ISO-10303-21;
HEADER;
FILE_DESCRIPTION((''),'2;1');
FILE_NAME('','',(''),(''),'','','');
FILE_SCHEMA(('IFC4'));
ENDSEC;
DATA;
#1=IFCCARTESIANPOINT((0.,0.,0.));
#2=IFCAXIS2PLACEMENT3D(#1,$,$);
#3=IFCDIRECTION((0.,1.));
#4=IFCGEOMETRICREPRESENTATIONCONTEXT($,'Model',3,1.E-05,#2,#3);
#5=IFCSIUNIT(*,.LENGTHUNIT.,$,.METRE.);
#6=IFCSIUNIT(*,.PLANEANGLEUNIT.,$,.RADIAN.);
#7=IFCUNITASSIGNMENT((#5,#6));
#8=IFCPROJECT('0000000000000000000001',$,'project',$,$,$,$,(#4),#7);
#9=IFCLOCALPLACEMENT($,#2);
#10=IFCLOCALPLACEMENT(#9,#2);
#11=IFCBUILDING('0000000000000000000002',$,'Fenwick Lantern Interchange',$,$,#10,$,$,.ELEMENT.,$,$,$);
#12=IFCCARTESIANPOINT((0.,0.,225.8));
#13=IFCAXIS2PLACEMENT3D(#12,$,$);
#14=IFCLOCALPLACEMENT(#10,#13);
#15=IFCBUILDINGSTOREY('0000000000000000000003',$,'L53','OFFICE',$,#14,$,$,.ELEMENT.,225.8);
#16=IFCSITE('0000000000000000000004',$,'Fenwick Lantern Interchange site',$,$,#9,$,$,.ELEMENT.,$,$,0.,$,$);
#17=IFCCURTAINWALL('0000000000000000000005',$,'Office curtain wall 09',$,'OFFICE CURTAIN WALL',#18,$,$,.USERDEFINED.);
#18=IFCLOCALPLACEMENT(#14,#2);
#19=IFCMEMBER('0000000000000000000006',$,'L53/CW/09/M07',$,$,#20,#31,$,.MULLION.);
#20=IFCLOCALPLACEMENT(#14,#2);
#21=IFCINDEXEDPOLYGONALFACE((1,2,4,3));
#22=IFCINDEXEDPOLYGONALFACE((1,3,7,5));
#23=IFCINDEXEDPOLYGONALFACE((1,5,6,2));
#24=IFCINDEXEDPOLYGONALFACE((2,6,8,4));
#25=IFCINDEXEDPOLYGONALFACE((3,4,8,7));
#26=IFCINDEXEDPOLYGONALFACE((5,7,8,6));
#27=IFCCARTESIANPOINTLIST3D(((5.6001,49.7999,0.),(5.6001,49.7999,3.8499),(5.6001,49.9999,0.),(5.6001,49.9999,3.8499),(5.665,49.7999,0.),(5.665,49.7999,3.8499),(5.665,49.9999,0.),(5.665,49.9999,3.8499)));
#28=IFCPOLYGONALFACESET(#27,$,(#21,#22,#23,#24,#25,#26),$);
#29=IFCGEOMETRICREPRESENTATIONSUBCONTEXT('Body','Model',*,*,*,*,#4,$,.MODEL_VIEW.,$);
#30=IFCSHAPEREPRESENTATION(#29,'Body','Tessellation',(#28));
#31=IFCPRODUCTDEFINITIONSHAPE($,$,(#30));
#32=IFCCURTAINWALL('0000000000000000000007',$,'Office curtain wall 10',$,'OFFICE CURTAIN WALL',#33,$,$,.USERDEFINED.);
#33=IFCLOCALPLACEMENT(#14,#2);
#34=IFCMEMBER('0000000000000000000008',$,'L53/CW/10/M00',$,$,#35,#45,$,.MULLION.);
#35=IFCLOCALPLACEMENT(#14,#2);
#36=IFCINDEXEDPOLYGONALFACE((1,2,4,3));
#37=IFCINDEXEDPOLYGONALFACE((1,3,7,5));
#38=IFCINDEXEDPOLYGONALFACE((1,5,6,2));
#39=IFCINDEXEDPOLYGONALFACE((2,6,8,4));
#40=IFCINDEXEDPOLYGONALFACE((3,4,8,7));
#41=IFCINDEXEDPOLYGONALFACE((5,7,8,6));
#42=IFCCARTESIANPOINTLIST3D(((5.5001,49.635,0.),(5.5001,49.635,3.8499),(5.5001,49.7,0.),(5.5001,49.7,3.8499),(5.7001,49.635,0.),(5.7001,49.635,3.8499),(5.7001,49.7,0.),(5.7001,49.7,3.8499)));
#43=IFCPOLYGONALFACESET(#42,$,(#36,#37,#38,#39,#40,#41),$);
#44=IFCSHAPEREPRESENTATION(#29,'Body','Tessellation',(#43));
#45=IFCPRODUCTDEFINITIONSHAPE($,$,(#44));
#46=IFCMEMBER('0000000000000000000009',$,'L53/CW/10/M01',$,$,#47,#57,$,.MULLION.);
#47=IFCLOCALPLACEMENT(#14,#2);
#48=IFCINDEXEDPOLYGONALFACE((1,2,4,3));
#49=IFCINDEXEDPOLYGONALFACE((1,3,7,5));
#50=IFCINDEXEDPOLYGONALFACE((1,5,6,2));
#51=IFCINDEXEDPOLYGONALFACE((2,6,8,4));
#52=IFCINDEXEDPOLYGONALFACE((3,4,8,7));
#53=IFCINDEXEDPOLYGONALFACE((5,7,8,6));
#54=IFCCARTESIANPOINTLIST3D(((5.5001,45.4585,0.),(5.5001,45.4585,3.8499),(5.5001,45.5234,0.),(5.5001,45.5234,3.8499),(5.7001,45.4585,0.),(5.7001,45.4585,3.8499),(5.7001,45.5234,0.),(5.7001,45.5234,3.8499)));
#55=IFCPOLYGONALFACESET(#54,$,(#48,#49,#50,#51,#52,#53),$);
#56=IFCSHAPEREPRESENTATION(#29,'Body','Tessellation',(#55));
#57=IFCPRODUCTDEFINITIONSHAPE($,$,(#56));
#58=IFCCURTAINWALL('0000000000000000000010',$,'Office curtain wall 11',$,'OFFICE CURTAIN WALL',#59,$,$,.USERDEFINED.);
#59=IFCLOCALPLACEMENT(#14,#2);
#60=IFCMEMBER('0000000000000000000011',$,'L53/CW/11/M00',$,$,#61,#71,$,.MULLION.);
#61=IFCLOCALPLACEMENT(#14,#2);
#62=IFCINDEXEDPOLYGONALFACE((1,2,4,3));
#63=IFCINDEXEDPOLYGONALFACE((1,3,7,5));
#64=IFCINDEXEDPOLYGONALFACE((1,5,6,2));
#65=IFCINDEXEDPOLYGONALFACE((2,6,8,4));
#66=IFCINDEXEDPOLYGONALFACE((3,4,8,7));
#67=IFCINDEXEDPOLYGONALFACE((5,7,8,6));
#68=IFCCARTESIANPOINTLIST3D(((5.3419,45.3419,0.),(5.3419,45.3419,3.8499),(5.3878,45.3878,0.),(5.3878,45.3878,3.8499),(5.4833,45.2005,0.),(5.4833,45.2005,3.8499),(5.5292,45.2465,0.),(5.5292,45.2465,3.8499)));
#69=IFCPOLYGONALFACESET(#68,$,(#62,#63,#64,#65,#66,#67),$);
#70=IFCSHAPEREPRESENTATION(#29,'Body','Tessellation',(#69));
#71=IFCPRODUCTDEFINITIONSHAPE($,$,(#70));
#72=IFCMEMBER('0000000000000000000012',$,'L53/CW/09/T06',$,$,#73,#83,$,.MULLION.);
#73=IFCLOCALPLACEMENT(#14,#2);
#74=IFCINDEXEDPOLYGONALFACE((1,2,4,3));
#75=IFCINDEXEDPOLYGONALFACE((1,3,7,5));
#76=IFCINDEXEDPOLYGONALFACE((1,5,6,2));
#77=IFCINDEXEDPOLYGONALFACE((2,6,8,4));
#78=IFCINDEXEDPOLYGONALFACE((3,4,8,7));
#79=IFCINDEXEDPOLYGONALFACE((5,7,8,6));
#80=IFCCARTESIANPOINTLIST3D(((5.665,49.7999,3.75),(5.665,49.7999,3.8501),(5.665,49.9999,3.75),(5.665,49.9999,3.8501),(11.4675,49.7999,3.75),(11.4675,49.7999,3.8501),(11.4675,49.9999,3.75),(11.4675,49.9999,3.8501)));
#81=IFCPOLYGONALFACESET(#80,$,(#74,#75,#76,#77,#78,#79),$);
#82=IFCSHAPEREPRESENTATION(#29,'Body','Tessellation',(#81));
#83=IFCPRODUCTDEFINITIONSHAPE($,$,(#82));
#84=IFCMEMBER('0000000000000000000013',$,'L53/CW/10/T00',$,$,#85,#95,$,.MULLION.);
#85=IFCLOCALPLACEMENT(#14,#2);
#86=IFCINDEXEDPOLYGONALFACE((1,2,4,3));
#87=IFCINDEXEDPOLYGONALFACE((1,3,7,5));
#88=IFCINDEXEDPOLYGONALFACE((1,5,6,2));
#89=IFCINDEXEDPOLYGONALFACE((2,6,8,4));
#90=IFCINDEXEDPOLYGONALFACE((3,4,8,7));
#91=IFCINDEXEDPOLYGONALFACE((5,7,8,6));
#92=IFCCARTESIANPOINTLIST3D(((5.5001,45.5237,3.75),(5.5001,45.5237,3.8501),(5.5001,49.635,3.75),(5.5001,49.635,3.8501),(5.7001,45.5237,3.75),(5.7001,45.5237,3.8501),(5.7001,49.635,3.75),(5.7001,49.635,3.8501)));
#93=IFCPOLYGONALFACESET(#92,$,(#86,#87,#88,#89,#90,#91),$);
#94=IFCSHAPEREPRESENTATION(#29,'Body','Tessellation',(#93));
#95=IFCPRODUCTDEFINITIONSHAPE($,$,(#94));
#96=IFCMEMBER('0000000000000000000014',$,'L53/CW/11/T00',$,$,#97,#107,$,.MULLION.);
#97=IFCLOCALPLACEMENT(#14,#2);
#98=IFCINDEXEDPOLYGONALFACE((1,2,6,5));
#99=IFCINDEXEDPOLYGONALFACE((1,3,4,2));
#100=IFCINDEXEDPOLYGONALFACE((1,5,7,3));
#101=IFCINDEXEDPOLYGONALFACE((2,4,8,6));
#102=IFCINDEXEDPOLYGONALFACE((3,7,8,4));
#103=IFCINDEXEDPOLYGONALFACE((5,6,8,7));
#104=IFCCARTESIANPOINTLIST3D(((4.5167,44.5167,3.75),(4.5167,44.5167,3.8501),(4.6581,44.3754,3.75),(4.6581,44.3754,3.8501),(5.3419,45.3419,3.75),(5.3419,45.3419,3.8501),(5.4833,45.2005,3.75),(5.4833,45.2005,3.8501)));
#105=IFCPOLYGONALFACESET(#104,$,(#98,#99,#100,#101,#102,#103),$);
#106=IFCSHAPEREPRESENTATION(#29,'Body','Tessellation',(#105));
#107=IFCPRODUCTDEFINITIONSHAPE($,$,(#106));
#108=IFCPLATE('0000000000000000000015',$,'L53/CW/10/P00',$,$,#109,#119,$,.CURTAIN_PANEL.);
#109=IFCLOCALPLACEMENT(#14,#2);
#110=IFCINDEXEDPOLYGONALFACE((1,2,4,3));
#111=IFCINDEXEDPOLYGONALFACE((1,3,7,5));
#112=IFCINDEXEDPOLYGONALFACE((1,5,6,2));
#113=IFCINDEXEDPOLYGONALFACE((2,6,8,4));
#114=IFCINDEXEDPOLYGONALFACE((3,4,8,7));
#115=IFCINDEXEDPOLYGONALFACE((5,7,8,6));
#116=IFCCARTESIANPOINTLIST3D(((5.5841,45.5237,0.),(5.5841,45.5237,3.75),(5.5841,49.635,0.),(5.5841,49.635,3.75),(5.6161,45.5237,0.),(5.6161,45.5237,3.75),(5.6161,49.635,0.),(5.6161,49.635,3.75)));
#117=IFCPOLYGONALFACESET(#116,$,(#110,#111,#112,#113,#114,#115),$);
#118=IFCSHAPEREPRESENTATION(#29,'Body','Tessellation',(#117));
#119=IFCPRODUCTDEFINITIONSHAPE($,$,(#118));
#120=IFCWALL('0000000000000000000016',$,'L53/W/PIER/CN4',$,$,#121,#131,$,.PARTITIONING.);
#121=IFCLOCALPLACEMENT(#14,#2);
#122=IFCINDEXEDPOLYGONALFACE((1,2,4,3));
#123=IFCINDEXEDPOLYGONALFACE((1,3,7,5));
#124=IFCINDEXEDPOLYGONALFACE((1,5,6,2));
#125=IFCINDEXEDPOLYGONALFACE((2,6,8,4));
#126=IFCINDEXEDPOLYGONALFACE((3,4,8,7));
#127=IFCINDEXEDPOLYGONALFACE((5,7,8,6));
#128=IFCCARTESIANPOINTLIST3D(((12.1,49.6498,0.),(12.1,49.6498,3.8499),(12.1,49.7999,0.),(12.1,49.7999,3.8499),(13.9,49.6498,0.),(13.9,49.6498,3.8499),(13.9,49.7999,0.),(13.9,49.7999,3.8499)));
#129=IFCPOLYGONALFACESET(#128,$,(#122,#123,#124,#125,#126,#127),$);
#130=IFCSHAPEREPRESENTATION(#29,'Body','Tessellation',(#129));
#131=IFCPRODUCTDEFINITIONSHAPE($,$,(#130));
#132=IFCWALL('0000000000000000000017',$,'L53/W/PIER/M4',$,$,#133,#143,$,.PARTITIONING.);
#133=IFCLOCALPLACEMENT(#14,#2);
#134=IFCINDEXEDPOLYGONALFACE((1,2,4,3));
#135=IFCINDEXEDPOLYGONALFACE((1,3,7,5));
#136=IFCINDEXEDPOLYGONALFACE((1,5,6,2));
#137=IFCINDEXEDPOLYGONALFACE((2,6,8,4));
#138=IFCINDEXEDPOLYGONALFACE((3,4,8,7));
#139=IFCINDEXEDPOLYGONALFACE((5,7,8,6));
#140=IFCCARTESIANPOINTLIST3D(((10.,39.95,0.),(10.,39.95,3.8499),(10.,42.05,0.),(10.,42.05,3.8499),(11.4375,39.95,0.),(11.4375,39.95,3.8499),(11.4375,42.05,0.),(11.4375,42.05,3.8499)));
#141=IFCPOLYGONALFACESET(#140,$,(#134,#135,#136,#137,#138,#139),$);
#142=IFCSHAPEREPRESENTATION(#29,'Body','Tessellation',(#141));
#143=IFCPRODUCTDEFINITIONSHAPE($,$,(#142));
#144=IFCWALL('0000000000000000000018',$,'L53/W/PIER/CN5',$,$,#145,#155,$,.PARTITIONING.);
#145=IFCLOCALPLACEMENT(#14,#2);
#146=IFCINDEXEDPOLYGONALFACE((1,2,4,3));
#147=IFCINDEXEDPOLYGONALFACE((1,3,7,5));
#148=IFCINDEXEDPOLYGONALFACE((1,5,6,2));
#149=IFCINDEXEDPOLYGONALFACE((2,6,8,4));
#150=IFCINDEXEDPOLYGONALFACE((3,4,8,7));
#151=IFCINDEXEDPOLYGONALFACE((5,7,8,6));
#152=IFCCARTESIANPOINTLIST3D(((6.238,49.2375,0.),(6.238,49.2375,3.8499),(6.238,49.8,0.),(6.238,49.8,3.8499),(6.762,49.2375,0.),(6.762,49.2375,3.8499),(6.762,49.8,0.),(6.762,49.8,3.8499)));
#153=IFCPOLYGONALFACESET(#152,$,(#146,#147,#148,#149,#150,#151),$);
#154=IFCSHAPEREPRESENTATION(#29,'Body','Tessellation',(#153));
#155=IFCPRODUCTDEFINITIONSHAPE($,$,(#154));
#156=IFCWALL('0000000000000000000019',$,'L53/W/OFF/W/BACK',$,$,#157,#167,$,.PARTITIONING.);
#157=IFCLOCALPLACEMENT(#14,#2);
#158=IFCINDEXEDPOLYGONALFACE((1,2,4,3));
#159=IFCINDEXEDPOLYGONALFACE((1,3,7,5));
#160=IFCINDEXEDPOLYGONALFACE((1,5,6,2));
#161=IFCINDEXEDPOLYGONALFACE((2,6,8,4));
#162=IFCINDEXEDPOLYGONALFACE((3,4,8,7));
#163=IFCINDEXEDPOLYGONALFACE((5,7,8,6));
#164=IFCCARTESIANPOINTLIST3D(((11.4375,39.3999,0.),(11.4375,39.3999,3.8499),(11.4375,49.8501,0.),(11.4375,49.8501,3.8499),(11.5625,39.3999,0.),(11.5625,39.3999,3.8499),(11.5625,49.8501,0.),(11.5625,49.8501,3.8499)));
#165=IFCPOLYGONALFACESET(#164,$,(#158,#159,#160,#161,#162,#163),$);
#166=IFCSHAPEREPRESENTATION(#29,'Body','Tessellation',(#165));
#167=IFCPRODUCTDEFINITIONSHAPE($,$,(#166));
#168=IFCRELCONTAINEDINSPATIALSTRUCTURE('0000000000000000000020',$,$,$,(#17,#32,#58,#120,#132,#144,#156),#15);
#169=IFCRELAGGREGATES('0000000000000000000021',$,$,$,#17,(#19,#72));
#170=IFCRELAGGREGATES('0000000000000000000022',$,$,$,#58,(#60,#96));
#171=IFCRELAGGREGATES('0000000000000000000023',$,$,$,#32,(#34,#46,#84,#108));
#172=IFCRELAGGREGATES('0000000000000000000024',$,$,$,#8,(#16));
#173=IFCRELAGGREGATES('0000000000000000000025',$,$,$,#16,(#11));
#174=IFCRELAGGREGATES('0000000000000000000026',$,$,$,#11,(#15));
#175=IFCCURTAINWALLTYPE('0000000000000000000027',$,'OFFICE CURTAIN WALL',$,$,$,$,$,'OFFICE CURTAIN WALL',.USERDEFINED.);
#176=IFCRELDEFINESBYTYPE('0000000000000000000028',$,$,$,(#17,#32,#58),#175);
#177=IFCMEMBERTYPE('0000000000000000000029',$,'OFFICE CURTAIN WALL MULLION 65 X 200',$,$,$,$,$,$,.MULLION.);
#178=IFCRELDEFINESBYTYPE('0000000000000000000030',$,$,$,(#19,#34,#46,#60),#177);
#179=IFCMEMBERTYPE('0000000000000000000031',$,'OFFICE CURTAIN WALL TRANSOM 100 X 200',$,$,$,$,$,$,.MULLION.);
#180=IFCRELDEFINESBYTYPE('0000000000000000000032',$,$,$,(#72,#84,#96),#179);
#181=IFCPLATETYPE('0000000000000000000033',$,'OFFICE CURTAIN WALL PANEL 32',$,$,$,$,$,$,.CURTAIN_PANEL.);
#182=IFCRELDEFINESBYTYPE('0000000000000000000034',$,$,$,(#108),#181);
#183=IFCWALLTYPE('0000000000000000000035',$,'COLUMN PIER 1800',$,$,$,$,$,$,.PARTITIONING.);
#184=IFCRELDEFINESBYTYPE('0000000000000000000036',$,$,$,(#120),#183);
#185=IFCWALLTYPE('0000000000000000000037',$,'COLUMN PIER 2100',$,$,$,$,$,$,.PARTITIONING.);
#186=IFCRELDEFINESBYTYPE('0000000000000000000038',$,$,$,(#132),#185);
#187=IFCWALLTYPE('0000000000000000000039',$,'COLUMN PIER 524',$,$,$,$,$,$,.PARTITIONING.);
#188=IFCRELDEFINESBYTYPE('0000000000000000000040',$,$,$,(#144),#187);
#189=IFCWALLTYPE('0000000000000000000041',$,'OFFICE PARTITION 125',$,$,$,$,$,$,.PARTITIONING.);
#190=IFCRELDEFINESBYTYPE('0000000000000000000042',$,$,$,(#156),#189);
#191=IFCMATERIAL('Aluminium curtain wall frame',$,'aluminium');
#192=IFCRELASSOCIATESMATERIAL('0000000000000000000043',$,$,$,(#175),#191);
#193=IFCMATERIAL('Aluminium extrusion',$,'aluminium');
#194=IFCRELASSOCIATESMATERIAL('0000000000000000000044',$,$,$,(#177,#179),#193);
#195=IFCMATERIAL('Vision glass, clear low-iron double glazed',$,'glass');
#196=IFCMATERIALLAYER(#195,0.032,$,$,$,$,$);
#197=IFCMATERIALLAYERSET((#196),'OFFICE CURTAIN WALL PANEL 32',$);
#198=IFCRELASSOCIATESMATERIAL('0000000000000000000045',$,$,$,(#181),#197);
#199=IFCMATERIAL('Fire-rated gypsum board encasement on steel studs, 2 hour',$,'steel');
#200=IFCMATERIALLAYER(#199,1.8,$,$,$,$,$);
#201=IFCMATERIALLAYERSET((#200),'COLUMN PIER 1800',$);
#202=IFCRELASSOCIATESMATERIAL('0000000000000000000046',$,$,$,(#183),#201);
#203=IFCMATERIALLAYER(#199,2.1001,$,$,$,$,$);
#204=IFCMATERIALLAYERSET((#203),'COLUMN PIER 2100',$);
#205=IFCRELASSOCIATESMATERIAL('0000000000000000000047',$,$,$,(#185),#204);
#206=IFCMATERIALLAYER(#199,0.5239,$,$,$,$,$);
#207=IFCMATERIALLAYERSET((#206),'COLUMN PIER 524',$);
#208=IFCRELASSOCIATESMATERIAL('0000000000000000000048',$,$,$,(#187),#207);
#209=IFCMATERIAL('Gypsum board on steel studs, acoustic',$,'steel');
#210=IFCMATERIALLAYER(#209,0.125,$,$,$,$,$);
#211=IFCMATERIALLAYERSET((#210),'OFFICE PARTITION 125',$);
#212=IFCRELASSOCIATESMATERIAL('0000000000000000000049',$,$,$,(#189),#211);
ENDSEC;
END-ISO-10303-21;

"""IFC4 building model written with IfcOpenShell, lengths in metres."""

from ifc_helpers import new_model, si_unit, direction, frame, frame_2d, origin, origin_2d, place, context, subcontext, project, spatial, rectangle, extrude, material, layer, layer_set, material_profile, profile_set, type_object, element, aggregate, save


model = new_model("IFC4")

# Units and contexts
model_context = context("Model", 3, precision=1e-05, world=origin(), true_north=direction((0.0, 1.0)))
body_context = subcontext(model_context, "Body", "Model", "MODEL_VIEW")
ifc_project = project(units=[si_unit("LENGTHUNIT", "METRE"), si_unit("PLANEANGLEUNIT", "RADIAN")], contexts=[model_context])

# Site, building, storey
site_placement = place(None, origin())
site = spatial("IfcSite", under=ifc_project, at=site_placement, Name="Fenwick Lantern Interchange site", CompositionType="ELEMENT", RefElevation=0.0)
building_placement = place(site_placement, origin())
building = spatial("IfcBuilding", under=site, at=building_placement, Name="Fenwick Lantern Interchange", CompositionType="ELEMENT")
storey_placement = place(building_placement, frame((0.0, 0.0, 225.8)))
storey = spatial("IfcBuildingStorey", under=building, at=storey_placement, Name="L53", Description="OFFICE", CompositionType="ELEMENT", Elevation=225.8)

# Curtain walls, members
ifc_material_1 = material(Name="Aluminium curtain wall frame", Category="aluminium")
curtain_wall_type = type_object("IfcCurtainWallType", Name="OFFICE CURTAIN WALL", ElementType="OFFICE CURTAIN WALL", PredefinedType="USERDEFINED", material=ifc_material_1)
curtain_wall_1_placement = place(storey_placement, origin())
curtain_wall_1 = element("IfcCurtainWall", 1, at=curtain_wall_1_placement, inside=storey, type_object=curtain_wall_type, Name="Office curtain wall 09", ObjectType="OFFICE CURTAIN WALL", PredefinedType="USERDEFINED")
ifc_material_2 = material(Name="Aluminium extrusion", Category="aluminium")
ifc_material_profile_1 = material_profile(ifc_material_2, rectangle(XDim=0.2, YDim=0.0649, at=origin_2d()), Name="OFFICE CURTAIN WALL MULLION 65 X 200")
ifc_profile_set_1 = profile_set([ifc_material_profile_1], Name="Aluminium extrusion")
member_type_1 = type_object("IfcMemberType", Name="OFFICE CURTAIN WALL MULLION 65 X 200", PredefinedType="MULLION", material=ifc_profile_set_1)
member_1_placement = place(storey_placement, frame((5.6326, 49.8999, 0.0), z_axis=(0.0, 0.0, 1.0), x_axis=(0.0, -1.0, 0.0)))
member_1 = element("IfcMember", 2, at=member_1_placement, type_object=member_type_1, Name="L53/CW/09/M07", PredefinedType="MULLION", context=body_context, shape_type="SweptSolid", body=[
    extrude(rectangle(XDim=0.2, YDim=0.0649, at=origin_2d()), origin(), (0.0, 0.0, 1.0), 3.8499),
])
curtain_wall_2_placement = place(storey_placement, origin())
curtain_wall_2 = element("IfcCurtainWall", 3, at=curtain_wall_2_placement, inside=storey, type_object=curtain_wall_type, Name="Office curtain wall 10", ObjectType="OFFICE CURTAIN WALL", PredefinedType="USERDEFINED")
member_2_placement = place(storey_placement, frame((5.6001, 49.6675, 0.0), z_axis=(0.0, 0.0, 1.0), x_axis=(1.0, 0.0, 0.0)))
member_2 = element("IfcMember", 4, at=member_2_placement, type_object=member_type_1, Name="L53/CW/10/M00", PredefinedType="MULLION", context=body_context, shape_type="SweptSolid", body=[
    extrude(rectangle(XDim=0.2, YDim=0.0649, at=origin_2d()), origin(), (0.0, 0.0, 1.0), 3.8499),
])
member_3_placement = place(storey_placement, frame((5.6001, 45.491, 0.0), z_axis=(0.0, 0.0, 1.0), x_axis=(1.0, 0.0, 0.0)))
member_3 = element("IfcMember", 5, at=member_3_placement, type_object=member_type_1, Name="L53/CW/10/M01", PredefinedType="MULLION", context=body_context, shape_type="SweptSolid", body=[
    extrude(rectangle(XDim=0.2, YDim=0.0649, at=origin_2d()), origin(), (0.0, 0.0, 1.0), 3.8499),
])

# Curtain wall, member
curtain_wall_3_placement = place(storey_placement, origin())
curtain_wall_3 = element("IfcCurtainWall", 6, at=curtain_wall_3_placement, inside=storey, type_object=curtain_wall_type, Name="Office curtain wall 11", ObjectType="OFFICE CURTAIN WALL", PredefinedType="USERDEFINED")
member_4_placement = place(storey_placement, frame((5.4355, 45.2942, 0.0), z_axis=(0.0, 0.0, 1.0), x_axis=(0.707107, -0.707107, 0.0)))
member_4 = element("IfcMember", 7, at=member_4_placement, type_object=member_type_1, Name="L53/CW/11/M00", PredefinedType="MULLION", context=body_context, shape_type="SweptSolid", body=[
    extrude(rectangle(XDim=0.2, YDim=0.0649, at=origin_2d()), origin(), (0.0, 0.0, 1.0), 3.8499),
])

# Members
ifc_material_profile_2 = material_profile(ifc_material_2, rectangle(XDim=0.2, YDim=0.1001, at=origin_2d()), Name="OFFICE CURTAIN WALL TRANSOM 100 X 200")
ifc_profile_set_2 = profile_set([ifc_material_profile_2], Name="Aluminium extrusion")
member_type_2 = type_object("IfcMemberType", Name="OFFICE CURTAIN WALL TRANSOM 100 X 200", PredefinedType="MULLION", material=ifc_profile_set_2)
member_5_placement = place(storey_placement, frame((11.4675, 49.8999, 3.8), z_axis=(-1.0, 0.0, 0.0), x_axis=(0.0, -1.0, 0.0)))
member_5 = element("IfcMember", 8, at=member_5_placement, type_object=member_type_2, Name="L53/CW/09/T06", PredefinedType="MULLION", context=body_context, shape_type="SweptSolid", body=[
    extrude(rectangle(XDim=0.2, YDim=0.1001, at=origin_2d()), origin(), (0.0, 0.0, 1.0), 5.8025),
])
aggregate(curtain_wall_1, [member_1, member_5])
member_6_placement = place(storey_placement, frame((5.6001, 49.635, 3.8), z_axis=(0.0, -1.0, 0.0), x_axis=(1.0, 0.0, 0.0)))
member_6 = element("IfcMember", 9, at=member_6_placement, type_object=member_type_2, Name="L53/CW/10/T00", PredefinedType="MULLION", context=body_context, shape_type="SweptSolid", body=[
    extrude(rectangle(XDim=0.2, YDim=0.1001, at=origin_2d()), origin(), (0.0, 0.0, 1.0), 4.1113),
])
member_7_placement = place(storey_placement, frame((5.4126, 45.2712, 3.8), z_axis=(-0.707107, -0.707107, 0.0), x_axis=(0.707107, -0.707107, 0.0)))
member_7 = element("IfcMember", 10, at=member_7_placement, type_object=member_type_2, Name="L53/CW/11/T00", PredefinedType="MULLION", context=body_context, shape_type="SweptSolid", body=[
    extrude(rectangle(XDim=0.2, YDim=0.1001, at=origin_2d()), origin(), (0.0, 0.0, 1.0), 1.167),
])
aggregate(curtain_wall_3, [member_4, member_7])

# Plate
ifc_material_3 = material(Name="Vision glass, clear low-iron double glazed", Category="glass")
ifc_layer_1 = layer(ifc_material_3, 0.032)
ifc_layer_set_1 = layer_set([ifc_layer_1], Name="OFFICE CURTAIN WALL PANEL 32")
plate_type = type_object("IfcPlateType", Name="OFFICE CURTAIN WALL PANEL 32", PredefinedType="CURTAIN_PANEL", material=ifc_layer_set_1)
plate_placement = place(storey_placement, frame((5.6001, 47.5793, 0.0), z_axis=(0.0, 0.0, 1.0), x_axis=(0.0, -1.0, 0.0)))
plate = element("IfcPlate", 11, at=plate_placement, type_object=plate_type, Name="L53/CW/10/P00", PredefinedType="CURTAIN_PANEL", context=body_context, shape_type="SweptSolid", body=[
    extrude(rectangle(XDim=4.1113, YDim=0.032, at=origin_2d()), origin(), (0.0, 0.0, 1.0), 3.75),
])
aggregate(curtain_wall_2, [member_2, member_3, member_6, plate])

# Walls
ifc_material_4 = material(Name="Fire-rated gypsum board encasement on steel studs, 2 hour", Category="steel")
ifc_layer_2 = layer(ifc_material_4, 1.8)
ifc_layer_set_2 = layer_set([ifc_layer_2], Name="COLUMN PIER 1800")
wall_type_1 = type_object("IfcWallType", Name="COLUMN PIER 1800", PredefinedType="PARTITIONING", material=ifc_layer_set_2)
wall_1_placement = place(storey_placement, frame((13.0, 49.8, 0.0), z_axis=(0.0, 0.0, 1.0), x_axis=(0.0, -1.0, 0.0)))
element("IfcWall", 12, at=wall_1_placement, inside=storey, type_object=wall_type_1, Name="L53/W/PIER/CN4", PredefinedType="PARTITIONING", context=body_context, shape_type="SweptSolid", body=[
    extrude(rectangle(XDim=0.1501, YDim=1.8, at=frame_2d((0.0752, 0.0))), origin(), (0.0, 0.0, 1.0), 3.8499),
])
ifc_layer_3 = layer(ifc_material_4, 2.1001)
ifc_layer_set_3 = layer_set([ifc_layer_3], Name="COLUMN PIER 2100")
wall_type_2 = type_object("IfcWallType", Name="COLUMN PIER 2100", PredefinedType="PARTITIONING", material=ifc_layer_set_3)
wall_2_placement = place(storey_placement, frame((11.4375, 41.0, 0.0), z_axis=(0.0, 0.0, 1.0), x_axis=(-1.0, 0.0, 0.0)))
element("IfcWall", 13, at=wall_2_placement, inside=storey, type_object=wall_type_2, Name="L53/W/PIER/M4", PredefinedType="PARTITIONING", context=body_context, shape_type="SweptSolid", body=[
    extrude(rectangle(XDim=1.4375, YDim=2.1001, at=frame_2d((0.7188, 0.0))), origin(), (0.0, 0.0, 1.0), 3.8499),
])
ifc_layer_4 = layer(ifc_material_4, 0.5239)
ifc_layer_set_4 = layer_set([ifc_layer_4], Name="COLUMN PIER 524")
wall_type_3 = type_object("IfcWallType", Name="COLUMN PIER 524", PredefinedType="PARTITIONING", material=ifc_layer_set_4)
wall_3_placement = place(storey_placement, frame((6.5, 49.8, 0.0), z_axis=(0.0, 0.0, 1.0), x_axis=(0.0, -1.0, 0.0)))
element("IfcWall", 14, at=wall_3_placement, inside=storey, type_object=wall_type_3, Name="L53/W/PIER/CN5", PredefinedType="PARTITIONING", context=body_context, shape_type="SweptSolid", body=[
    extrude(rectangle(XDim=0.5625, YDim=0.5239, at=frame_2d((0.2812, 0.0))), origin(), (0.0, 0.0, 1.0), 3.8499),
])
ifc_material_5 = material(Name="Gypsum board on steel studs, acoustic", Category="steel")
ifc_layer_5 = layer(ifc_material_5, 0.125)
ifc_layer_set_5 = layer_set([ifc_layer_5], Name="OFFICE PARTITION 125")
wall_type_4 = type_object("IfcWallType", Name="OFFICE PARTITION 125", PredefinedType="PARTITIONING", material=ifc_layer_set_5)
wall_4_placement = place(storey_placement, frame((11.5, 49.8501, 0.0), z_axis=(0.0, 0.0, 1.0), x_axis=(0.0, -1.0, 0.0)))
element("IfcWall", 15, at=wall_4_placement, inside=storey, type_object=wall_type_4, Name="L53/W/OFF/W/BACK", PredefinedType="PARTITIONING", context=body_context, shape_type="SweptSolid", body=[
    extrude(rectangle(XDim=10.4502, YDim=0.125, at=frame_2d((5.2251, 0.0))), origin(), (0.0, 0.0, 1.0), 3.8499),
])

save(model, "model.ifc")
